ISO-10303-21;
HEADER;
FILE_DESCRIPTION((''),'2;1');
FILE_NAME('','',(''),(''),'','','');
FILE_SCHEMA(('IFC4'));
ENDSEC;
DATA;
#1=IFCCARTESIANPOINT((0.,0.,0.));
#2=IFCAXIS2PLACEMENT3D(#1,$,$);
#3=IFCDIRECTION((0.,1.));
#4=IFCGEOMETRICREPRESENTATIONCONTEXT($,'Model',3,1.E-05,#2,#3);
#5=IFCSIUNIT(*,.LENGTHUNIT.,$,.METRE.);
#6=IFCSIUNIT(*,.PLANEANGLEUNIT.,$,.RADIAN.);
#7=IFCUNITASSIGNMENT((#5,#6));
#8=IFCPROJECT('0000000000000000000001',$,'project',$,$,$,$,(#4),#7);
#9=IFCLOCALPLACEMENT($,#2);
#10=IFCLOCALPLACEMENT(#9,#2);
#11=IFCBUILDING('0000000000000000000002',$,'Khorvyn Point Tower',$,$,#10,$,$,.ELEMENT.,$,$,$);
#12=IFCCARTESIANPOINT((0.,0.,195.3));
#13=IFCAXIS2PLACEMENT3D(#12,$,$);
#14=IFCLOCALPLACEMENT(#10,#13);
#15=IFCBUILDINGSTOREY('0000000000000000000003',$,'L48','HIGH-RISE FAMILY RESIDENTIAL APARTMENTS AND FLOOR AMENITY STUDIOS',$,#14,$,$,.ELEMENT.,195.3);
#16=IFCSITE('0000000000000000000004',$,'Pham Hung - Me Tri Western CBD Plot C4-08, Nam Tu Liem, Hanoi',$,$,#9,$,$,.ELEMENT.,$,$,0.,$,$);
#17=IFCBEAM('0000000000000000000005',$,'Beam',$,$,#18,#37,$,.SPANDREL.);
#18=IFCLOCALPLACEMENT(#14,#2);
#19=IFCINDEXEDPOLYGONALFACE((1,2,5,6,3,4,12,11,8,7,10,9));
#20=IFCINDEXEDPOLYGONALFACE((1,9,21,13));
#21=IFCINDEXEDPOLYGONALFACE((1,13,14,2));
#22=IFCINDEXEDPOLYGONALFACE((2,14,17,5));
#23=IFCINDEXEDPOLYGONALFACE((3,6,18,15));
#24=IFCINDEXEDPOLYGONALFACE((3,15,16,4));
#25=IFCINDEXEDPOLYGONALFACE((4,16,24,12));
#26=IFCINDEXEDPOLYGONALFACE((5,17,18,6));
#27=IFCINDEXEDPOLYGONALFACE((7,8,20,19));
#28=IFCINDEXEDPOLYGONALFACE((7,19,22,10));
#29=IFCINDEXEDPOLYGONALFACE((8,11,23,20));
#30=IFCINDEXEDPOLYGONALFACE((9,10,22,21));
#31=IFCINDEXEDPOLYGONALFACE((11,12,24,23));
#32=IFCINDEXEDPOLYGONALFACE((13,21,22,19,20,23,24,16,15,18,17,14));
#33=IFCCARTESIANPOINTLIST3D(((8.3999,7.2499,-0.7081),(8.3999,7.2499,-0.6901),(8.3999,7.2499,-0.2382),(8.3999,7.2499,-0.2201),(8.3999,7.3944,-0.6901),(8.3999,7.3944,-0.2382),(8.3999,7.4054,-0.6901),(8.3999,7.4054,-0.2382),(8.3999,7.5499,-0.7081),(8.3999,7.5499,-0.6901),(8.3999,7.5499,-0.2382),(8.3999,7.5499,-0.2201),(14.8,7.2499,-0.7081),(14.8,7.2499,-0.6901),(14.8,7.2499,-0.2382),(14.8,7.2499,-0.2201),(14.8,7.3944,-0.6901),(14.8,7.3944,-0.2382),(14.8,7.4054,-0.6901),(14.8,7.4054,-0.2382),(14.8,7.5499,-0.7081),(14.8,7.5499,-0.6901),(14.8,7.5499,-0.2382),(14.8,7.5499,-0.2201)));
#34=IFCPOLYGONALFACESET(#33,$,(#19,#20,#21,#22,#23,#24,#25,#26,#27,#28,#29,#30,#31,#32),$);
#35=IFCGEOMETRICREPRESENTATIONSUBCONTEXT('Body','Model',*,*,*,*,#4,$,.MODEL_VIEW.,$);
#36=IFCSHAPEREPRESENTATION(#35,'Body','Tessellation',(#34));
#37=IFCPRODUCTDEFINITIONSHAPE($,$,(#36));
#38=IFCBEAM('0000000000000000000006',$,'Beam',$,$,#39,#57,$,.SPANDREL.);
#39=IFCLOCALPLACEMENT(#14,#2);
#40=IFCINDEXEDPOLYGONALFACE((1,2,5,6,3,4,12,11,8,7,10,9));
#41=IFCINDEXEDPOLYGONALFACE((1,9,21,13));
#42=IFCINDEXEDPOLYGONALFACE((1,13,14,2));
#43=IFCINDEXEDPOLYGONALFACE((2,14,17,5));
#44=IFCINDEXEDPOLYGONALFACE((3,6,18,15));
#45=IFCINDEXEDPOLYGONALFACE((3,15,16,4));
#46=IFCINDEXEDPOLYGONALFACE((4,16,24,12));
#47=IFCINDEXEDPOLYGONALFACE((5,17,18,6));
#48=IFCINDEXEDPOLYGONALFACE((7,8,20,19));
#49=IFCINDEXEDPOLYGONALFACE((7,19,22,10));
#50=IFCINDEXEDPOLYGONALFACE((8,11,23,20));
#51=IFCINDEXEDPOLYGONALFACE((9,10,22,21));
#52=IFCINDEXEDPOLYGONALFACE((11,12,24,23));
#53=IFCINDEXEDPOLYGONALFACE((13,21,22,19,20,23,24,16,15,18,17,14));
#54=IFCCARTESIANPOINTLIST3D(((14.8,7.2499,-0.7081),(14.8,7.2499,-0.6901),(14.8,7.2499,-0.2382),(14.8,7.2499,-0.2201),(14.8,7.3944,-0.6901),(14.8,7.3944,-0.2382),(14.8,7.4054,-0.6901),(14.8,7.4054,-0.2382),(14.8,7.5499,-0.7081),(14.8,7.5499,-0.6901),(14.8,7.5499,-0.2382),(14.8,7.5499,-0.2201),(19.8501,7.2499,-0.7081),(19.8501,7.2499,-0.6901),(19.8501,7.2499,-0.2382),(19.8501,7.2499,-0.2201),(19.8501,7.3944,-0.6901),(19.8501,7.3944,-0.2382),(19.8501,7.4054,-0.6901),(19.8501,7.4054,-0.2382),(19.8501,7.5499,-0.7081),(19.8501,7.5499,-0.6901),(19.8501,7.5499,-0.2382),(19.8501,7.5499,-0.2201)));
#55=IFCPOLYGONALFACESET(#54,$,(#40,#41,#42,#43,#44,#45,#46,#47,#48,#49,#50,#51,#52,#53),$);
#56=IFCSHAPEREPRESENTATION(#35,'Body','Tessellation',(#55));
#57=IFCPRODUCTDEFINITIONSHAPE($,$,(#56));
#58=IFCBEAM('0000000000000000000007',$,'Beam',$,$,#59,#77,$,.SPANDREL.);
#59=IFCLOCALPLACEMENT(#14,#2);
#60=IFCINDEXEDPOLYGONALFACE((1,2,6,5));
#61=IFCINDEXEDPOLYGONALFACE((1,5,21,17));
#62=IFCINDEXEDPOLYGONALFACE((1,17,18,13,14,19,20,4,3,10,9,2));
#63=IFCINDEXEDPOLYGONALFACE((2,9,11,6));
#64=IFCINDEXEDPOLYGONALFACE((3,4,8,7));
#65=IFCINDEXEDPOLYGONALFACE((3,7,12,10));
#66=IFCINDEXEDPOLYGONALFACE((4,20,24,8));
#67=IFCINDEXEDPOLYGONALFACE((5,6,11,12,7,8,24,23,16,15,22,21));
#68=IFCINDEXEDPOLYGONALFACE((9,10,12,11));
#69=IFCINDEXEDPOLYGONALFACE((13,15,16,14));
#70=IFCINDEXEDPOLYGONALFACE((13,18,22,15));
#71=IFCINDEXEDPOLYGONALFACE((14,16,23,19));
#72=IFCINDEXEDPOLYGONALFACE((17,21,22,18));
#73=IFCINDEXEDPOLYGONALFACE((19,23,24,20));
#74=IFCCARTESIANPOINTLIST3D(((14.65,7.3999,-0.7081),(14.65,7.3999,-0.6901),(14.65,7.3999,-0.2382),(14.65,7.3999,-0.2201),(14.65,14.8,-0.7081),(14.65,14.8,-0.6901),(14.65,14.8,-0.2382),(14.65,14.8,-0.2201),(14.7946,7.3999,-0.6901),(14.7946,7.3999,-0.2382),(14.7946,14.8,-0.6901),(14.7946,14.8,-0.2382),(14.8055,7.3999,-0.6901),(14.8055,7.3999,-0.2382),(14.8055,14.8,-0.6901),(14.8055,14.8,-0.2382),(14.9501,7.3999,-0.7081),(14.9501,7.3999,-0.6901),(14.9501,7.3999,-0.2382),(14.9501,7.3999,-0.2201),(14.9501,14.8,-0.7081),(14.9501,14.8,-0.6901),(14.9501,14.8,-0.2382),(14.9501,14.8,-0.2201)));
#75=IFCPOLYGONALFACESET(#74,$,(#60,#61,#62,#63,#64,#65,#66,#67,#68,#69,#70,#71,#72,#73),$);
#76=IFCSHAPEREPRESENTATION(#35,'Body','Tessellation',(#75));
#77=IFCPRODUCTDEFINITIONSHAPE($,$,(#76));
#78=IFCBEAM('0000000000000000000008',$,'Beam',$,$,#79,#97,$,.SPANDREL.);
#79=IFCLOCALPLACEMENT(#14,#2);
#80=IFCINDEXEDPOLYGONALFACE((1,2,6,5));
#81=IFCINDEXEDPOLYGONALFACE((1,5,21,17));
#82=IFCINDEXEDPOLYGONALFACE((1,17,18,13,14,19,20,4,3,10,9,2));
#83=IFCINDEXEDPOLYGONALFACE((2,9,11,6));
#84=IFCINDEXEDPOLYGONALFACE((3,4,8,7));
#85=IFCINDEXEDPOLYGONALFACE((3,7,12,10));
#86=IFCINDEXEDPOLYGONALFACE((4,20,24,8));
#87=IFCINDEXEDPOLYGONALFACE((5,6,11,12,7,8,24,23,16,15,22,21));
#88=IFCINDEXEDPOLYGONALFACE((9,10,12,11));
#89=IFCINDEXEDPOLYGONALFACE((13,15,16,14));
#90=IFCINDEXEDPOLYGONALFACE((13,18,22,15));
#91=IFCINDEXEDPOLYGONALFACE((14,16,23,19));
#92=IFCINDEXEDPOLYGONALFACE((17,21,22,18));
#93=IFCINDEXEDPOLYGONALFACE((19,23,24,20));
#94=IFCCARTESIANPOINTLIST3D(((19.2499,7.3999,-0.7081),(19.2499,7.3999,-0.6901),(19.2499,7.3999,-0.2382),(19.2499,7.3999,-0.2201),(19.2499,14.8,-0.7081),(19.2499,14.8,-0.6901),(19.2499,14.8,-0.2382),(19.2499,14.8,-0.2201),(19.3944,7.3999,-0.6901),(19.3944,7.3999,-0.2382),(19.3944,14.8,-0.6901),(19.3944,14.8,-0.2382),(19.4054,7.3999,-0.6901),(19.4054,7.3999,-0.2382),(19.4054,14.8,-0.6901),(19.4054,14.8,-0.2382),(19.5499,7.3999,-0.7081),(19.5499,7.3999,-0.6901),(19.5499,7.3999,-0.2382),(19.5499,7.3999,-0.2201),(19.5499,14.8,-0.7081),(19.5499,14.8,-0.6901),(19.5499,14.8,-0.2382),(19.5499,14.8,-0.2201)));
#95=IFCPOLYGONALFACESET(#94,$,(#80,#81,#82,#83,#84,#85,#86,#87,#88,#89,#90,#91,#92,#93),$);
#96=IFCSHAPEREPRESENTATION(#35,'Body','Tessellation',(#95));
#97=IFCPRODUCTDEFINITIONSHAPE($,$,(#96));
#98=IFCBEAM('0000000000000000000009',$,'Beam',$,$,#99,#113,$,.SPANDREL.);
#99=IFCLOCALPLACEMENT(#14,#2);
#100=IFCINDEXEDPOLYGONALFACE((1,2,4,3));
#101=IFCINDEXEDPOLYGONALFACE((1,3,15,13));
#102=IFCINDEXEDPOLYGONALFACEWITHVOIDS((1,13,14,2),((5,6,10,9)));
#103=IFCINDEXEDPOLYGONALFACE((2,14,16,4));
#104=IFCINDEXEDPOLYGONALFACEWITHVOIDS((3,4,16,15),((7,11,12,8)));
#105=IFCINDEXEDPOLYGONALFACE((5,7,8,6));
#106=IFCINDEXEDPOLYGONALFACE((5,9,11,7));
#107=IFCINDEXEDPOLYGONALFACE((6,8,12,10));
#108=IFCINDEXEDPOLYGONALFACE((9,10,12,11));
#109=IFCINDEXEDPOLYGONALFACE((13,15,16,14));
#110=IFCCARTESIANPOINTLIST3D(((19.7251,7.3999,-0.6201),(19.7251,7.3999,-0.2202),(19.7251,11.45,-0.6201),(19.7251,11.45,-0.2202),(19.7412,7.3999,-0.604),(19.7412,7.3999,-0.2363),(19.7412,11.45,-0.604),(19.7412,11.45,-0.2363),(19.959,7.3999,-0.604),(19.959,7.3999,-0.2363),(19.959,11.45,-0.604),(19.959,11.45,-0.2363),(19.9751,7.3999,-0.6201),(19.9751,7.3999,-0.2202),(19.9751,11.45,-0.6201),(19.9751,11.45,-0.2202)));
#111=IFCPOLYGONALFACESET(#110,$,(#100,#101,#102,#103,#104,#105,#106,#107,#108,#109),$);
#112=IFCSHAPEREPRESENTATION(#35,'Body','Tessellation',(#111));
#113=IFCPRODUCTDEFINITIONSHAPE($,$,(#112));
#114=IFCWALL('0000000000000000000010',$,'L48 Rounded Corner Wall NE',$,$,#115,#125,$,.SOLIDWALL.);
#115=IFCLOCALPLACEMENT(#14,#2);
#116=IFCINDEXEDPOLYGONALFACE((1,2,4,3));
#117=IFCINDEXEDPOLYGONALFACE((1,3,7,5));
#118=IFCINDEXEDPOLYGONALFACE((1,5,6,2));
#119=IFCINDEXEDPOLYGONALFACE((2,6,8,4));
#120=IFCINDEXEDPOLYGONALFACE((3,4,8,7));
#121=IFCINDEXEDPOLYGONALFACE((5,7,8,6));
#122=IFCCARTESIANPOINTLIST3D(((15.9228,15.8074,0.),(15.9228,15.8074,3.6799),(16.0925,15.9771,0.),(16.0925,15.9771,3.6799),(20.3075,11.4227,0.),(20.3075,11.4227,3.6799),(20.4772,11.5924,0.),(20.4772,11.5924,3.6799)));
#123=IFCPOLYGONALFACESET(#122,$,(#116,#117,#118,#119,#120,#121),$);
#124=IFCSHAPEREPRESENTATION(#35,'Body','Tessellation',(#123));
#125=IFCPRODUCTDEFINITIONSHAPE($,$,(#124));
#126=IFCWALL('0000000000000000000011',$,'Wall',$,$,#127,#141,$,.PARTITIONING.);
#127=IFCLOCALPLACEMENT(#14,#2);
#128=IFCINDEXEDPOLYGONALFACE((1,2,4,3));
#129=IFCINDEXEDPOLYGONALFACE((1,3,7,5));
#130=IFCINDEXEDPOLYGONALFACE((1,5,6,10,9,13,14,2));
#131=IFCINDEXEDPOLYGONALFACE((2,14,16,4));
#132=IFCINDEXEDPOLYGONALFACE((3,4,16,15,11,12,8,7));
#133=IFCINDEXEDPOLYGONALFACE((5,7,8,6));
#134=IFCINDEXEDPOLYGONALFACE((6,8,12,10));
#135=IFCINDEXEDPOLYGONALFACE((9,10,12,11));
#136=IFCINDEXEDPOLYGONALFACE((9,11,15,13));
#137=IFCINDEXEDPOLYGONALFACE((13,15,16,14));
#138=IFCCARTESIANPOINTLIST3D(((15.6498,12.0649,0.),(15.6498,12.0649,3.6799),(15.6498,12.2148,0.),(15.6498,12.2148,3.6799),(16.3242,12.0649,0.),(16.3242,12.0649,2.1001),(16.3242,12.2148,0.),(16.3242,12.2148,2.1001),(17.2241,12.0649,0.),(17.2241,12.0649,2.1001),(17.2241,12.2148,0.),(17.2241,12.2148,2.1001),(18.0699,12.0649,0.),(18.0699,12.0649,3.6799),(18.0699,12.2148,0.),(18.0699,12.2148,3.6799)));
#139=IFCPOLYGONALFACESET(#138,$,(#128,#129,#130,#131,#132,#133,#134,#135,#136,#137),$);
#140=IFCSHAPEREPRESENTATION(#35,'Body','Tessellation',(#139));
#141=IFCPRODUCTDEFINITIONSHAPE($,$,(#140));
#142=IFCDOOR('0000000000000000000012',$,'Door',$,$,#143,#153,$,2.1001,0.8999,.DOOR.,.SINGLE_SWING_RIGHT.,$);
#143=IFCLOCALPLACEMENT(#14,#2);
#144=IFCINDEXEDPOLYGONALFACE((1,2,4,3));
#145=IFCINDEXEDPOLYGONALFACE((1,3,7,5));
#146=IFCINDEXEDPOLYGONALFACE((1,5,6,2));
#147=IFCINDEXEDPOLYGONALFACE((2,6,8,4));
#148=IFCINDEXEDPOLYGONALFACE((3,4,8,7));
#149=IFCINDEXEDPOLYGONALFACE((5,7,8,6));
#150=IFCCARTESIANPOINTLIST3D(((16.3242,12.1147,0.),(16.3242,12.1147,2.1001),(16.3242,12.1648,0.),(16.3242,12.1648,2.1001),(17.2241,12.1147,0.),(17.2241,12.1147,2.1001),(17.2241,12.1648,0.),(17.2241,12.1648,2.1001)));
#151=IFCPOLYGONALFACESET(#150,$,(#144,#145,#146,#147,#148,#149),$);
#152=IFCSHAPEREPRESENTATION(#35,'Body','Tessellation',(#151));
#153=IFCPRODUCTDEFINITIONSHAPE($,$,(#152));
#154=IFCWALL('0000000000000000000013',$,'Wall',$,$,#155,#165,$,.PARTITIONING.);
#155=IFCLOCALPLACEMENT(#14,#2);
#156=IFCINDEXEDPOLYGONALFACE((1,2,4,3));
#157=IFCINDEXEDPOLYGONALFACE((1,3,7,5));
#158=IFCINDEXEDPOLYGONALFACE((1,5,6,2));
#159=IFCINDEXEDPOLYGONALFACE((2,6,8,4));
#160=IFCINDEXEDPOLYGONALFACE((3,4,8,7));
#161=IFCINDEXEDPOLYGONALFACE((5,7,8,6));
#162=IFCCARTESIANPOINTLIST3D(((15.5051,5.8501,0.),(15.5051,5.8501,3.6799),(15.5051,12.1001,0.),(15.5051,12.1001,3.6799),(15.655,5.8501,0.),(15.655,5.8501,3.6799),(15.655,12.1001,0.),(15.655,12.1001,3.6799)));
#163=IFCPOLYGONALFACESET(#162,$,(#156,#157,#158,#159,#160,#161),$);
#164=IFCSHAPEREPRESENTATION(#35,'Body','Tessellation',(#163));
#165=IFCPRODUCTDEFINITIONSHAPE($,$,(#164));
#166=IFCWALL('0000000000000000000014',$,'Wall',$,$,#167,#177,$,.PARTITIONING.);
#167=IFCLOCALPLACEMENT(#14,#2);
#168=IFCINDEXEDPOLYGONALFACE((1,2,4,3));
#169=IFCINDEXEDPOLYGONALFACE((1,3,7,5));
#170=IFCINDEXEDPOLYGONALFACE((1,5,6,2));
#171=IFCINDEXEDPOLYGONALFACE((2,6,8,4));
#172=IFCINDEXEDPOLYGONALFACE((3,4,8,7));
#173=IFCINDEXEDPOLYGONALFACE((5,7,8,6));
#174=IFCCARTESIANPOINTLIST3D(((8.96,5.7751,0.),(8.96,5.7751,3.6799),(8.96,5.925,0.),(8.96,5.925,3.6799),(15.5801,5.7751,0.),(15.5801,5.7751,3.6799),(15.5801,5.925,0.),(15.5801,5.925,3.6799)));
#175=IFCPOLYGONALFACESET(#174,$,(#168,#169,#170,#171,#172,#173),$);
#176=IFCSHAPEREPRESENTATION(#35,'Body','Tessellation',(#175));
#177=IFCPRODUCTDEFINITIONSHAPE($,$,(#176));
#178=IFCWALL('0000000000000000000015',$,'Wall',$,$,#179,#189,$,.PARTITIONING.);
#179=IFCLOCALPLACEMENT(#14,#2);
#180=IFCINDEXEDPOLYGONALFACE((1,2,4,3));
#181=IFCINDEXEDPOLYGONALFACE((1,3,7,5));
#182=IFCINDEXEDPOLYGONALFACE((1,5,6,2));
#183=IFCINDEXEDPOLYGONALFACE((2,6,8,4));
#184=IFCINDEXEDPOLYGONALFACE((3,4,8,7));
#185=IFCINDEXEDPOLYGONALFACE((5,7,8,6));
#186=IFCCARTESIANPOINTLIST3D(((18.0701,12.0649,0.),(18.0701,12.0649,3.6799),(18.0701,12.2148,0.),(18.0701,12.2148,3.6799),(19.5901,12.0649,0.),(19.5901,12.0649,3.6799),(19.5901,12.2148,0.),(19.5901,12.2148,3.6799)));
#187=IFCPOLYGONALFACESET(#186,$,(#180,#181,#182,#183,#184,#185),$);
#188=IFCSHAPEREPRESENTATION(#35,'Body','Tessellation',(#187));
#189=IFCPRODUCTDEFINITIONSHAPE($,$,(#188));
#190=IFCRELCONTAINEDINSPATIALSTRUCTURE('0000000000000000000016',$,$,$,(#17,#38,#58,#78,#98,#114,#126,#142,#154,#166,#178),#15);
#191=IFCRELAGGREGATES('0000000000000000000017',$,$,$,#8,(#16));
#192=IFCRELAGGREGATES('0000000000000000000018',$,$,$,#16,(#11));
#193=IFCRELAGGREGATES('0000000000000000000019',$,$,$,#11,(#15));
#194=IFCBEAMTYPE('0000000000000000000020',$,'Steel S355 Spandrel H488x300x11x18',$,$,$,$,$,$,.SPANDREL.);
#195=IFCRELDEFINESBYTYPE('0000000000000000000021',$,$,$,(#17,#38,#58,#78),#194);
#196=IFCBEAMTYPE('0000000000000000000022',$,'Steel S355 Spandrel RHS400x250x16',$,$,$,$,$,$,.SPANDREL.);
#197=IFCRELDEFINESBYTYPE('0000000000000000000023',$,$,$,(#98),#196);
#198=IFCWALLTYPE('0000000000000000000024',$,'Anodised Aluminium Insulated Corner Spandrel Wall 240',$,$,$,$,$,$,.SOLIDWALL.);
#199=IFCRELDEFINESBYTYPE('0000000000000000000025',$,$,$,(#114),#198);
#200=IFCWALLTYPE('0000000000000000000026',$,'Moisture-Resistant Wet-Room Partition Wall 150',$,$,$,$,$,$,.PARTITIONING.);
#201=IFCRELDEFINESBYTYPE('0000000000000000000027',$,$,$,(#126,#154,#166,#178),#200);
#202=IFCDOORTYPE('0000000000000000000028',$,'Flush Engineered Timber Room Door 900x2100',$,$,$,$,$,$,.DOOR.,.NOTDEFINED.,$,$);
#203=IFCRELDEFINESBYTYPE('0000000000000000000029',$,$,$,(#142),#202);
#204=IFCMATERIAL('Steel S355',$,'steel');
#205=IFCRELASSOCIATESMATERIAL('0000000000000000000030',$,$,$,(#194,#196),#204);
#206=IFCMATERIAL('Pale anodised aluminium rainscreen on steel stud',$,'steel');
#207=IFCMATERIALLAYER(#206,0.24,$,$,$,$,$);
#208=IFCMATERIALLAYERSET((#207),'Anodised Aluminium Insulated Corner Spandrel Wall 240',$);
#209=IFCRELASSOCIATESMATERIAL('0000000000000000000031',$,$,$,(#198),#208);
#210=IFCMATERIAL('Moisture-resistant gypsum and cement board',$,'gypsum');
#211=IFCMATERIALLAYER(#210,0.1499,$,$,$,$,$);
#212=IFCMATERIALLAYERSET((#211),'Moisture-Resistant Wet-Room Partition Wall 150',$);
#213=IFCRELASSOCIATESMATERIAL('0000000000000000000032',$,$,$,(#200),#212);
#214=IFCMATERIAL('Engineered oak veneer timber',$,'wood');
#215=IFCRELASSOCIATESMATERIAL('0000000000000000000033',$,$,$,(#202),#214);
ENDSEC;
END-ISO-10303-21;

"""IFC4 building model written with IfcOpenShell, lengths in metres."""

from ifc_helpers import new_model, si_unit, direction, frame, frame_2d, origin, origin_2d, place, context, subcontext, project, spatial, rectangle, hollow_rectangle, i_section, extrude, material, layer, layer_set, material_profile, profile_set, type_object, element, fill, save


model = new_model("IFC4")

# Units and contexts
model_context = context("Model", 3, precision=1e-05, world=origin(), true_north=direction((0.0, 1.0)))
body_context = subcontext(model_context, "Body", "Model", "MODEL_VIEW")
ifc_project = project(units=[si_unit("LENGTHUNIT", "METRE"), si_unit("PLANEANGLEUNIT", "RADIAN")], contexts=[model_context])

# Site, building, storey
site_placement = place(None, origin())
site = spatial("IfcSite", under=ifc_project, at=site_placement, Name="Pham Hung - Me Tri Western CBD Plot C4-08, Nam Tu Liem, Hanoi", CompositionType="ELEMENT", RefElevation=0.0)
building_placement = place(site_placement, origin())
building = spatial("IfcBuilding", under=site, at=building_placement, Name="Khorvyn Point Tower", CompositionType="ELEMENT")
storey_placement = place(building_placement, frame((0.0, 0.0, 195.3)))
storey = spatial("IfcBuildingStorey", under=building, at=storey_placement, Name="L48", Description="HIGH-RISE FAMILY RESIDENTIAL APARTMENTS AND FLOOR AMENITY STUDIOS", CompositionType="ELEMENT", Elevation=195.3)

# Beams
ifc_material_1 = material(Name="Steel S355", Category="steel")
ifc_material_profile_1 = material_profile(ifc_material_1, i_section(OverallWidth=0.3, OverallDepth=0.488, WebThickness=0.011, FlangeThickness=0.0181, at=origin_2d()))
ifc_profile_set_1 = profile_set([ifc_material_profile_1], Name="Steel S355 H488x300x11x18")
beam_type_1 = type_object("IfcBeamType", Name="Steel S355 Spandrel H488x300x11x18", PredefinedType="SPANDREL", material=ifc_profile_set_1)
beam_1_placement = place(storey_placement, frame((8.3999, 7.3999, -0.4641), z_axis=(1.0, 0.0, 0.0), x_axis=(0.0, 1.0, 0.0)))
element("IfcBeam", 1, at=beam_1_placement, inside=storey, type_object=beam_type_1, Name="Beam", PredefinedType="SPANDREL", context=body_context, shape_type="SweptSolid", body=[
    extrude(i_section(OverallWidth=0.3, OverallDepth=0.488, WebThickness=0.011, FlangeThickness=0.0181, at=origin_2d()), origin(), (0.0, 0.0, 1.0), 6.4001),
])
beam_2_placement = place(storey_placement, frame((14.8, 7.3999, -0.4641), z_axis=(1.0, 0.0, 0.0), x_axis=(0.0, 1.0, 0.0)))
element("IfcBeam", 2, at=beam_2_placement, inside=storey, type_object=beam_type_1, Name="Beam", PredefinedType="SPANDREL", context=body_context, shape_type="SweptSolid", body=[
    extrude(i_section(OverallWidth=0.3, OverallDepth=0.488, WebThickness=0.011, FlangeThickness=0.0181, at=origin_2d()), origin(), (0.0, 0.0, 1.0), 5.05),
])
for number, where, z_axis, x_axis, name in (
    (3, (14.8, 7.3999, -0.4641), (0.0, 1.0, 0.0), (-1.0, 0.0, 0.0), "Beam"),
    (4, (19.3999, 7.3999, -0.4641), (0.0, 1.0, 0.0), (-1.0, 0.0, 0.0), "Beam"),
):
    element("IfcBeam", number, at=place(storey_placement, frame(where, z_axis=z_axis, x_axis=x_axis)), inside=storey, type_object=beam_type_1, Name=name, PredefinedType="SPANDREL", context=body_context, shape_type="SweptSolid", body=[
        extrude(i_section(OverallWidth=0.3, OverallDepth=0.488, WebThickness=0.011, FlangeThickness=0.0181, at=origin_2d()), origin(), (0.0, 0.0, 1.0), 7.4001),
    ])
ifc_material_profile_2 = material_profile(ifc_material_1, hollow_rectangle(XDim=0.25, YDim=0.3999, WallThickness=0.0161, at=origin_2d()))
ifc_profile_set_2 = profile_set([ifc_material_profile_2], Name="Steel S355 RHS400x250x16")
beam_type_2 = type_object("IfcBeamType", Name="Steel S355 Spandrel RHS400x250x16", PredefinedType="SPANDREL", material=ifc_profile_set_2)
beam_3_placement = place(storey_placement, frame((19.8501, 7.3999, -0.4202), z_axis=(0.0, 1.0, 0.0), x_axis=(-1.0, 0.0, 0.0)))
element("IfcBeam", 5, at=beam_3_placement, inside=storey, type_object=beam_type_2, Name="Beam", PredefinedType="SPANDREL", context=body_context, shape_type="SweptSolid", body=[
    extrude(hollow_rectangle(XDim=0.25, YDim=0.3999, WallThickness=0.0161, at=origin_2d()), origin(), (0.0, 0.0, 1.0), 4.05),
])

# Wall
ifc_material_2 = material(Name="Pale anodised aluminium rainscreen on steel stud", Category="steel")
ifc_layer_1 = layer(ifc_material_2, 0.24)
ifc_layer_set_1 = layer_set([ifc_layer_1], Name="Anodised Aluminium Insulated Corner Spandrel Wall 240")
wall_type_1 = type_object("IfcWallType", Name="Anodised Aluminium Insulated Corner Spandrel Wall 240", PredefinedType="SOLIDWALL", material=ifc_layer_set_1)
wall_1_placement = place(storey_placement, frame((16.0076, 15.8923, 0.0), z_axis=(0.0, 0.0, 1.0), x_axis=(0.707107, -0.707107, 0.0)))
element("IfcWall", 6, at=wall_1_placement, inside=storey, type_object=wall_type_1, Name="L48 Rounded Corner Wall NE", PredefinedType="SOLIDWALL", context=body_context, shape_type="SweptSolid", body=[
    extrude(rectangle(XDim=6.2009, YDim=0.24, at=frame_2d((3.1006, 0.0))), origin(), (0.0, 0.0, 1.0), 3.6799),
])

# Wall, opening, door
ifc_material_3 = material(Name="Moisture-resistant gypsum and cement board", Category="gypsum")
ifc_layer_2 = layer(ifc_material_3, 0.1499)
ifc_layer_set_2 = layer_set([ifc_layer_2], Name="Moisture-Resistant Wet-Room Partition Wall 150")
wall_type_2 = type_object("IfcWallType", Name="Moisture-Resistant Wet-Room Partition Wall 150", PredefinedType="PARTITIONING", material=ifc_layer_set_2)
wall_2_placement = place(storey_placement, frame((15.6499, 12.1399, 0.0), z_axis=(0.0, 0.0, 1.0), x_axis=(1.0, 0.0, 0.0)))
wall_2 = element("IfcWall", 7, at=wall_2_placement, inside=storey, type_object=wall_type_2, Name="Wall", PredefinedType="PARTITIONING", context=body_context, shape_type="SweptSolid", body=[
    extrude(rectangle(XDim=2.4202, YDim=0.1499, at=frame_2d((1.21, 0.0))), origin(), (0.0, 0.0, 1.0), 3.6799),
])
opening_placement = place(wall_2_placement, frame((0.6743, 0.0, 0.0)))
opening = element("IfcOpeningElement", 8, at=opening_placement, cuts=wall_2, PredefinedType="OPENING", context=body_context, shape_type="SweptSolid", body=[
    extrude(rectangle(XDim=0.8999, YDim=2.1001, at=frame_2d((0.45, 1.05))), frame((0.0, 0.085, 0.0), z_axis=(0.0, -1.0, 0.0), x_axis=(1.0, 0.0, 0.0)), (0.0, 0.0, 1.0), 0.1699),
])
ifc_material_4 = material(Name="Engineered oak veneer timber", Category="wood")
door_type = type_object("IfcDoorType", Name="Flush Engineered Timber Room Door 900x2100", OperationType="NOTDEFINED", PredefinedType="DOOR", material=ifc_material_4)
door_placement = place(opening_placement, origin())
door = element("IfcDoor", 9, at=door_placement, inside=storey, type_object=door_type, Name="Door", OperationType="SINGLE_SWING_RIGHT", OverallHeight=2.1001, OverallWidth=0.8999, PredefinedType="DOOR", context=body_context, shape_type="SweptSolid", body=[
    extrude(rectangle(XDim=0.8999, YDim=2.1001, at=frame_2d((0.45, 1.05))), frame((0.0, 0.0249, 0.0), z_axis=(0.0, -1.0, 0.0), x_axis=(1.0, 0.0, 0.0)), (0.0, 0.0, 1.0), 0.05),
])
fill(opening, door)

# Walls
wall_3_placement = place(storey_placement, frame((15.5801, 5.8501, 0.0), z_axis=(0.0, 0.0, 1.0), x_axis=(0.0, 1.0, 0.0)))
element("IfcWall", 10, at=wall_3_placement, inside=storey, type_object=wall_type_2, Name="Wall", PredefinedType="PARTITIONING", context=body_context, shape_type="SweptSolid", body=[
    extrude(rectangle(XDim=6.25, YDim=0.1499, at=frame_2d((3.125, 0.0))), origin(), (0.0, 0.0, 1.0), 3.6799),
])
wall_4_placement = place(storey_placement, frame((8.96, 5.8501, 0.0), z_axis=(0.0, 0.0, 1.0), x_axis=(1.0, 0.0, 0.0)))
element("IfcWall", 11, at=wall_4_placement, inside=storey, type_object=wall_type_2, Name="Wall", PredefinedType="PARTITIONING", context=body_context, shape_type="SweptSolid", body=[
    extrude(rectangle(XDim=6.6201, YDim=0.1499, at=frame_2d((3.3101, 0.0))), origin(), (0.0, 0.0, 1.0), 3.6799),
])
wall_5_placement = place(storey_placement, frame((18.0701, 12.1399, 0.0), z_axis=(0.0, 0.0, 1.0), x_axis=(1.0, 0.0, 0.0)))
element("IfcWall", 12, at=wall_5_placement, inside=storey, type_object=wall_type_2, Name="Wall", PredefinedType="PARTITIONING", context=body_context, shape_type="SweptSolid", body=[
    extrude(rectangle(XDim=1.52, YDim=0.1499, at=frame_2d((0.76, 0.0))), origin(), (0.0, 0.0, 1.0), 3.6799),
])

save(model, "model.ifc")
